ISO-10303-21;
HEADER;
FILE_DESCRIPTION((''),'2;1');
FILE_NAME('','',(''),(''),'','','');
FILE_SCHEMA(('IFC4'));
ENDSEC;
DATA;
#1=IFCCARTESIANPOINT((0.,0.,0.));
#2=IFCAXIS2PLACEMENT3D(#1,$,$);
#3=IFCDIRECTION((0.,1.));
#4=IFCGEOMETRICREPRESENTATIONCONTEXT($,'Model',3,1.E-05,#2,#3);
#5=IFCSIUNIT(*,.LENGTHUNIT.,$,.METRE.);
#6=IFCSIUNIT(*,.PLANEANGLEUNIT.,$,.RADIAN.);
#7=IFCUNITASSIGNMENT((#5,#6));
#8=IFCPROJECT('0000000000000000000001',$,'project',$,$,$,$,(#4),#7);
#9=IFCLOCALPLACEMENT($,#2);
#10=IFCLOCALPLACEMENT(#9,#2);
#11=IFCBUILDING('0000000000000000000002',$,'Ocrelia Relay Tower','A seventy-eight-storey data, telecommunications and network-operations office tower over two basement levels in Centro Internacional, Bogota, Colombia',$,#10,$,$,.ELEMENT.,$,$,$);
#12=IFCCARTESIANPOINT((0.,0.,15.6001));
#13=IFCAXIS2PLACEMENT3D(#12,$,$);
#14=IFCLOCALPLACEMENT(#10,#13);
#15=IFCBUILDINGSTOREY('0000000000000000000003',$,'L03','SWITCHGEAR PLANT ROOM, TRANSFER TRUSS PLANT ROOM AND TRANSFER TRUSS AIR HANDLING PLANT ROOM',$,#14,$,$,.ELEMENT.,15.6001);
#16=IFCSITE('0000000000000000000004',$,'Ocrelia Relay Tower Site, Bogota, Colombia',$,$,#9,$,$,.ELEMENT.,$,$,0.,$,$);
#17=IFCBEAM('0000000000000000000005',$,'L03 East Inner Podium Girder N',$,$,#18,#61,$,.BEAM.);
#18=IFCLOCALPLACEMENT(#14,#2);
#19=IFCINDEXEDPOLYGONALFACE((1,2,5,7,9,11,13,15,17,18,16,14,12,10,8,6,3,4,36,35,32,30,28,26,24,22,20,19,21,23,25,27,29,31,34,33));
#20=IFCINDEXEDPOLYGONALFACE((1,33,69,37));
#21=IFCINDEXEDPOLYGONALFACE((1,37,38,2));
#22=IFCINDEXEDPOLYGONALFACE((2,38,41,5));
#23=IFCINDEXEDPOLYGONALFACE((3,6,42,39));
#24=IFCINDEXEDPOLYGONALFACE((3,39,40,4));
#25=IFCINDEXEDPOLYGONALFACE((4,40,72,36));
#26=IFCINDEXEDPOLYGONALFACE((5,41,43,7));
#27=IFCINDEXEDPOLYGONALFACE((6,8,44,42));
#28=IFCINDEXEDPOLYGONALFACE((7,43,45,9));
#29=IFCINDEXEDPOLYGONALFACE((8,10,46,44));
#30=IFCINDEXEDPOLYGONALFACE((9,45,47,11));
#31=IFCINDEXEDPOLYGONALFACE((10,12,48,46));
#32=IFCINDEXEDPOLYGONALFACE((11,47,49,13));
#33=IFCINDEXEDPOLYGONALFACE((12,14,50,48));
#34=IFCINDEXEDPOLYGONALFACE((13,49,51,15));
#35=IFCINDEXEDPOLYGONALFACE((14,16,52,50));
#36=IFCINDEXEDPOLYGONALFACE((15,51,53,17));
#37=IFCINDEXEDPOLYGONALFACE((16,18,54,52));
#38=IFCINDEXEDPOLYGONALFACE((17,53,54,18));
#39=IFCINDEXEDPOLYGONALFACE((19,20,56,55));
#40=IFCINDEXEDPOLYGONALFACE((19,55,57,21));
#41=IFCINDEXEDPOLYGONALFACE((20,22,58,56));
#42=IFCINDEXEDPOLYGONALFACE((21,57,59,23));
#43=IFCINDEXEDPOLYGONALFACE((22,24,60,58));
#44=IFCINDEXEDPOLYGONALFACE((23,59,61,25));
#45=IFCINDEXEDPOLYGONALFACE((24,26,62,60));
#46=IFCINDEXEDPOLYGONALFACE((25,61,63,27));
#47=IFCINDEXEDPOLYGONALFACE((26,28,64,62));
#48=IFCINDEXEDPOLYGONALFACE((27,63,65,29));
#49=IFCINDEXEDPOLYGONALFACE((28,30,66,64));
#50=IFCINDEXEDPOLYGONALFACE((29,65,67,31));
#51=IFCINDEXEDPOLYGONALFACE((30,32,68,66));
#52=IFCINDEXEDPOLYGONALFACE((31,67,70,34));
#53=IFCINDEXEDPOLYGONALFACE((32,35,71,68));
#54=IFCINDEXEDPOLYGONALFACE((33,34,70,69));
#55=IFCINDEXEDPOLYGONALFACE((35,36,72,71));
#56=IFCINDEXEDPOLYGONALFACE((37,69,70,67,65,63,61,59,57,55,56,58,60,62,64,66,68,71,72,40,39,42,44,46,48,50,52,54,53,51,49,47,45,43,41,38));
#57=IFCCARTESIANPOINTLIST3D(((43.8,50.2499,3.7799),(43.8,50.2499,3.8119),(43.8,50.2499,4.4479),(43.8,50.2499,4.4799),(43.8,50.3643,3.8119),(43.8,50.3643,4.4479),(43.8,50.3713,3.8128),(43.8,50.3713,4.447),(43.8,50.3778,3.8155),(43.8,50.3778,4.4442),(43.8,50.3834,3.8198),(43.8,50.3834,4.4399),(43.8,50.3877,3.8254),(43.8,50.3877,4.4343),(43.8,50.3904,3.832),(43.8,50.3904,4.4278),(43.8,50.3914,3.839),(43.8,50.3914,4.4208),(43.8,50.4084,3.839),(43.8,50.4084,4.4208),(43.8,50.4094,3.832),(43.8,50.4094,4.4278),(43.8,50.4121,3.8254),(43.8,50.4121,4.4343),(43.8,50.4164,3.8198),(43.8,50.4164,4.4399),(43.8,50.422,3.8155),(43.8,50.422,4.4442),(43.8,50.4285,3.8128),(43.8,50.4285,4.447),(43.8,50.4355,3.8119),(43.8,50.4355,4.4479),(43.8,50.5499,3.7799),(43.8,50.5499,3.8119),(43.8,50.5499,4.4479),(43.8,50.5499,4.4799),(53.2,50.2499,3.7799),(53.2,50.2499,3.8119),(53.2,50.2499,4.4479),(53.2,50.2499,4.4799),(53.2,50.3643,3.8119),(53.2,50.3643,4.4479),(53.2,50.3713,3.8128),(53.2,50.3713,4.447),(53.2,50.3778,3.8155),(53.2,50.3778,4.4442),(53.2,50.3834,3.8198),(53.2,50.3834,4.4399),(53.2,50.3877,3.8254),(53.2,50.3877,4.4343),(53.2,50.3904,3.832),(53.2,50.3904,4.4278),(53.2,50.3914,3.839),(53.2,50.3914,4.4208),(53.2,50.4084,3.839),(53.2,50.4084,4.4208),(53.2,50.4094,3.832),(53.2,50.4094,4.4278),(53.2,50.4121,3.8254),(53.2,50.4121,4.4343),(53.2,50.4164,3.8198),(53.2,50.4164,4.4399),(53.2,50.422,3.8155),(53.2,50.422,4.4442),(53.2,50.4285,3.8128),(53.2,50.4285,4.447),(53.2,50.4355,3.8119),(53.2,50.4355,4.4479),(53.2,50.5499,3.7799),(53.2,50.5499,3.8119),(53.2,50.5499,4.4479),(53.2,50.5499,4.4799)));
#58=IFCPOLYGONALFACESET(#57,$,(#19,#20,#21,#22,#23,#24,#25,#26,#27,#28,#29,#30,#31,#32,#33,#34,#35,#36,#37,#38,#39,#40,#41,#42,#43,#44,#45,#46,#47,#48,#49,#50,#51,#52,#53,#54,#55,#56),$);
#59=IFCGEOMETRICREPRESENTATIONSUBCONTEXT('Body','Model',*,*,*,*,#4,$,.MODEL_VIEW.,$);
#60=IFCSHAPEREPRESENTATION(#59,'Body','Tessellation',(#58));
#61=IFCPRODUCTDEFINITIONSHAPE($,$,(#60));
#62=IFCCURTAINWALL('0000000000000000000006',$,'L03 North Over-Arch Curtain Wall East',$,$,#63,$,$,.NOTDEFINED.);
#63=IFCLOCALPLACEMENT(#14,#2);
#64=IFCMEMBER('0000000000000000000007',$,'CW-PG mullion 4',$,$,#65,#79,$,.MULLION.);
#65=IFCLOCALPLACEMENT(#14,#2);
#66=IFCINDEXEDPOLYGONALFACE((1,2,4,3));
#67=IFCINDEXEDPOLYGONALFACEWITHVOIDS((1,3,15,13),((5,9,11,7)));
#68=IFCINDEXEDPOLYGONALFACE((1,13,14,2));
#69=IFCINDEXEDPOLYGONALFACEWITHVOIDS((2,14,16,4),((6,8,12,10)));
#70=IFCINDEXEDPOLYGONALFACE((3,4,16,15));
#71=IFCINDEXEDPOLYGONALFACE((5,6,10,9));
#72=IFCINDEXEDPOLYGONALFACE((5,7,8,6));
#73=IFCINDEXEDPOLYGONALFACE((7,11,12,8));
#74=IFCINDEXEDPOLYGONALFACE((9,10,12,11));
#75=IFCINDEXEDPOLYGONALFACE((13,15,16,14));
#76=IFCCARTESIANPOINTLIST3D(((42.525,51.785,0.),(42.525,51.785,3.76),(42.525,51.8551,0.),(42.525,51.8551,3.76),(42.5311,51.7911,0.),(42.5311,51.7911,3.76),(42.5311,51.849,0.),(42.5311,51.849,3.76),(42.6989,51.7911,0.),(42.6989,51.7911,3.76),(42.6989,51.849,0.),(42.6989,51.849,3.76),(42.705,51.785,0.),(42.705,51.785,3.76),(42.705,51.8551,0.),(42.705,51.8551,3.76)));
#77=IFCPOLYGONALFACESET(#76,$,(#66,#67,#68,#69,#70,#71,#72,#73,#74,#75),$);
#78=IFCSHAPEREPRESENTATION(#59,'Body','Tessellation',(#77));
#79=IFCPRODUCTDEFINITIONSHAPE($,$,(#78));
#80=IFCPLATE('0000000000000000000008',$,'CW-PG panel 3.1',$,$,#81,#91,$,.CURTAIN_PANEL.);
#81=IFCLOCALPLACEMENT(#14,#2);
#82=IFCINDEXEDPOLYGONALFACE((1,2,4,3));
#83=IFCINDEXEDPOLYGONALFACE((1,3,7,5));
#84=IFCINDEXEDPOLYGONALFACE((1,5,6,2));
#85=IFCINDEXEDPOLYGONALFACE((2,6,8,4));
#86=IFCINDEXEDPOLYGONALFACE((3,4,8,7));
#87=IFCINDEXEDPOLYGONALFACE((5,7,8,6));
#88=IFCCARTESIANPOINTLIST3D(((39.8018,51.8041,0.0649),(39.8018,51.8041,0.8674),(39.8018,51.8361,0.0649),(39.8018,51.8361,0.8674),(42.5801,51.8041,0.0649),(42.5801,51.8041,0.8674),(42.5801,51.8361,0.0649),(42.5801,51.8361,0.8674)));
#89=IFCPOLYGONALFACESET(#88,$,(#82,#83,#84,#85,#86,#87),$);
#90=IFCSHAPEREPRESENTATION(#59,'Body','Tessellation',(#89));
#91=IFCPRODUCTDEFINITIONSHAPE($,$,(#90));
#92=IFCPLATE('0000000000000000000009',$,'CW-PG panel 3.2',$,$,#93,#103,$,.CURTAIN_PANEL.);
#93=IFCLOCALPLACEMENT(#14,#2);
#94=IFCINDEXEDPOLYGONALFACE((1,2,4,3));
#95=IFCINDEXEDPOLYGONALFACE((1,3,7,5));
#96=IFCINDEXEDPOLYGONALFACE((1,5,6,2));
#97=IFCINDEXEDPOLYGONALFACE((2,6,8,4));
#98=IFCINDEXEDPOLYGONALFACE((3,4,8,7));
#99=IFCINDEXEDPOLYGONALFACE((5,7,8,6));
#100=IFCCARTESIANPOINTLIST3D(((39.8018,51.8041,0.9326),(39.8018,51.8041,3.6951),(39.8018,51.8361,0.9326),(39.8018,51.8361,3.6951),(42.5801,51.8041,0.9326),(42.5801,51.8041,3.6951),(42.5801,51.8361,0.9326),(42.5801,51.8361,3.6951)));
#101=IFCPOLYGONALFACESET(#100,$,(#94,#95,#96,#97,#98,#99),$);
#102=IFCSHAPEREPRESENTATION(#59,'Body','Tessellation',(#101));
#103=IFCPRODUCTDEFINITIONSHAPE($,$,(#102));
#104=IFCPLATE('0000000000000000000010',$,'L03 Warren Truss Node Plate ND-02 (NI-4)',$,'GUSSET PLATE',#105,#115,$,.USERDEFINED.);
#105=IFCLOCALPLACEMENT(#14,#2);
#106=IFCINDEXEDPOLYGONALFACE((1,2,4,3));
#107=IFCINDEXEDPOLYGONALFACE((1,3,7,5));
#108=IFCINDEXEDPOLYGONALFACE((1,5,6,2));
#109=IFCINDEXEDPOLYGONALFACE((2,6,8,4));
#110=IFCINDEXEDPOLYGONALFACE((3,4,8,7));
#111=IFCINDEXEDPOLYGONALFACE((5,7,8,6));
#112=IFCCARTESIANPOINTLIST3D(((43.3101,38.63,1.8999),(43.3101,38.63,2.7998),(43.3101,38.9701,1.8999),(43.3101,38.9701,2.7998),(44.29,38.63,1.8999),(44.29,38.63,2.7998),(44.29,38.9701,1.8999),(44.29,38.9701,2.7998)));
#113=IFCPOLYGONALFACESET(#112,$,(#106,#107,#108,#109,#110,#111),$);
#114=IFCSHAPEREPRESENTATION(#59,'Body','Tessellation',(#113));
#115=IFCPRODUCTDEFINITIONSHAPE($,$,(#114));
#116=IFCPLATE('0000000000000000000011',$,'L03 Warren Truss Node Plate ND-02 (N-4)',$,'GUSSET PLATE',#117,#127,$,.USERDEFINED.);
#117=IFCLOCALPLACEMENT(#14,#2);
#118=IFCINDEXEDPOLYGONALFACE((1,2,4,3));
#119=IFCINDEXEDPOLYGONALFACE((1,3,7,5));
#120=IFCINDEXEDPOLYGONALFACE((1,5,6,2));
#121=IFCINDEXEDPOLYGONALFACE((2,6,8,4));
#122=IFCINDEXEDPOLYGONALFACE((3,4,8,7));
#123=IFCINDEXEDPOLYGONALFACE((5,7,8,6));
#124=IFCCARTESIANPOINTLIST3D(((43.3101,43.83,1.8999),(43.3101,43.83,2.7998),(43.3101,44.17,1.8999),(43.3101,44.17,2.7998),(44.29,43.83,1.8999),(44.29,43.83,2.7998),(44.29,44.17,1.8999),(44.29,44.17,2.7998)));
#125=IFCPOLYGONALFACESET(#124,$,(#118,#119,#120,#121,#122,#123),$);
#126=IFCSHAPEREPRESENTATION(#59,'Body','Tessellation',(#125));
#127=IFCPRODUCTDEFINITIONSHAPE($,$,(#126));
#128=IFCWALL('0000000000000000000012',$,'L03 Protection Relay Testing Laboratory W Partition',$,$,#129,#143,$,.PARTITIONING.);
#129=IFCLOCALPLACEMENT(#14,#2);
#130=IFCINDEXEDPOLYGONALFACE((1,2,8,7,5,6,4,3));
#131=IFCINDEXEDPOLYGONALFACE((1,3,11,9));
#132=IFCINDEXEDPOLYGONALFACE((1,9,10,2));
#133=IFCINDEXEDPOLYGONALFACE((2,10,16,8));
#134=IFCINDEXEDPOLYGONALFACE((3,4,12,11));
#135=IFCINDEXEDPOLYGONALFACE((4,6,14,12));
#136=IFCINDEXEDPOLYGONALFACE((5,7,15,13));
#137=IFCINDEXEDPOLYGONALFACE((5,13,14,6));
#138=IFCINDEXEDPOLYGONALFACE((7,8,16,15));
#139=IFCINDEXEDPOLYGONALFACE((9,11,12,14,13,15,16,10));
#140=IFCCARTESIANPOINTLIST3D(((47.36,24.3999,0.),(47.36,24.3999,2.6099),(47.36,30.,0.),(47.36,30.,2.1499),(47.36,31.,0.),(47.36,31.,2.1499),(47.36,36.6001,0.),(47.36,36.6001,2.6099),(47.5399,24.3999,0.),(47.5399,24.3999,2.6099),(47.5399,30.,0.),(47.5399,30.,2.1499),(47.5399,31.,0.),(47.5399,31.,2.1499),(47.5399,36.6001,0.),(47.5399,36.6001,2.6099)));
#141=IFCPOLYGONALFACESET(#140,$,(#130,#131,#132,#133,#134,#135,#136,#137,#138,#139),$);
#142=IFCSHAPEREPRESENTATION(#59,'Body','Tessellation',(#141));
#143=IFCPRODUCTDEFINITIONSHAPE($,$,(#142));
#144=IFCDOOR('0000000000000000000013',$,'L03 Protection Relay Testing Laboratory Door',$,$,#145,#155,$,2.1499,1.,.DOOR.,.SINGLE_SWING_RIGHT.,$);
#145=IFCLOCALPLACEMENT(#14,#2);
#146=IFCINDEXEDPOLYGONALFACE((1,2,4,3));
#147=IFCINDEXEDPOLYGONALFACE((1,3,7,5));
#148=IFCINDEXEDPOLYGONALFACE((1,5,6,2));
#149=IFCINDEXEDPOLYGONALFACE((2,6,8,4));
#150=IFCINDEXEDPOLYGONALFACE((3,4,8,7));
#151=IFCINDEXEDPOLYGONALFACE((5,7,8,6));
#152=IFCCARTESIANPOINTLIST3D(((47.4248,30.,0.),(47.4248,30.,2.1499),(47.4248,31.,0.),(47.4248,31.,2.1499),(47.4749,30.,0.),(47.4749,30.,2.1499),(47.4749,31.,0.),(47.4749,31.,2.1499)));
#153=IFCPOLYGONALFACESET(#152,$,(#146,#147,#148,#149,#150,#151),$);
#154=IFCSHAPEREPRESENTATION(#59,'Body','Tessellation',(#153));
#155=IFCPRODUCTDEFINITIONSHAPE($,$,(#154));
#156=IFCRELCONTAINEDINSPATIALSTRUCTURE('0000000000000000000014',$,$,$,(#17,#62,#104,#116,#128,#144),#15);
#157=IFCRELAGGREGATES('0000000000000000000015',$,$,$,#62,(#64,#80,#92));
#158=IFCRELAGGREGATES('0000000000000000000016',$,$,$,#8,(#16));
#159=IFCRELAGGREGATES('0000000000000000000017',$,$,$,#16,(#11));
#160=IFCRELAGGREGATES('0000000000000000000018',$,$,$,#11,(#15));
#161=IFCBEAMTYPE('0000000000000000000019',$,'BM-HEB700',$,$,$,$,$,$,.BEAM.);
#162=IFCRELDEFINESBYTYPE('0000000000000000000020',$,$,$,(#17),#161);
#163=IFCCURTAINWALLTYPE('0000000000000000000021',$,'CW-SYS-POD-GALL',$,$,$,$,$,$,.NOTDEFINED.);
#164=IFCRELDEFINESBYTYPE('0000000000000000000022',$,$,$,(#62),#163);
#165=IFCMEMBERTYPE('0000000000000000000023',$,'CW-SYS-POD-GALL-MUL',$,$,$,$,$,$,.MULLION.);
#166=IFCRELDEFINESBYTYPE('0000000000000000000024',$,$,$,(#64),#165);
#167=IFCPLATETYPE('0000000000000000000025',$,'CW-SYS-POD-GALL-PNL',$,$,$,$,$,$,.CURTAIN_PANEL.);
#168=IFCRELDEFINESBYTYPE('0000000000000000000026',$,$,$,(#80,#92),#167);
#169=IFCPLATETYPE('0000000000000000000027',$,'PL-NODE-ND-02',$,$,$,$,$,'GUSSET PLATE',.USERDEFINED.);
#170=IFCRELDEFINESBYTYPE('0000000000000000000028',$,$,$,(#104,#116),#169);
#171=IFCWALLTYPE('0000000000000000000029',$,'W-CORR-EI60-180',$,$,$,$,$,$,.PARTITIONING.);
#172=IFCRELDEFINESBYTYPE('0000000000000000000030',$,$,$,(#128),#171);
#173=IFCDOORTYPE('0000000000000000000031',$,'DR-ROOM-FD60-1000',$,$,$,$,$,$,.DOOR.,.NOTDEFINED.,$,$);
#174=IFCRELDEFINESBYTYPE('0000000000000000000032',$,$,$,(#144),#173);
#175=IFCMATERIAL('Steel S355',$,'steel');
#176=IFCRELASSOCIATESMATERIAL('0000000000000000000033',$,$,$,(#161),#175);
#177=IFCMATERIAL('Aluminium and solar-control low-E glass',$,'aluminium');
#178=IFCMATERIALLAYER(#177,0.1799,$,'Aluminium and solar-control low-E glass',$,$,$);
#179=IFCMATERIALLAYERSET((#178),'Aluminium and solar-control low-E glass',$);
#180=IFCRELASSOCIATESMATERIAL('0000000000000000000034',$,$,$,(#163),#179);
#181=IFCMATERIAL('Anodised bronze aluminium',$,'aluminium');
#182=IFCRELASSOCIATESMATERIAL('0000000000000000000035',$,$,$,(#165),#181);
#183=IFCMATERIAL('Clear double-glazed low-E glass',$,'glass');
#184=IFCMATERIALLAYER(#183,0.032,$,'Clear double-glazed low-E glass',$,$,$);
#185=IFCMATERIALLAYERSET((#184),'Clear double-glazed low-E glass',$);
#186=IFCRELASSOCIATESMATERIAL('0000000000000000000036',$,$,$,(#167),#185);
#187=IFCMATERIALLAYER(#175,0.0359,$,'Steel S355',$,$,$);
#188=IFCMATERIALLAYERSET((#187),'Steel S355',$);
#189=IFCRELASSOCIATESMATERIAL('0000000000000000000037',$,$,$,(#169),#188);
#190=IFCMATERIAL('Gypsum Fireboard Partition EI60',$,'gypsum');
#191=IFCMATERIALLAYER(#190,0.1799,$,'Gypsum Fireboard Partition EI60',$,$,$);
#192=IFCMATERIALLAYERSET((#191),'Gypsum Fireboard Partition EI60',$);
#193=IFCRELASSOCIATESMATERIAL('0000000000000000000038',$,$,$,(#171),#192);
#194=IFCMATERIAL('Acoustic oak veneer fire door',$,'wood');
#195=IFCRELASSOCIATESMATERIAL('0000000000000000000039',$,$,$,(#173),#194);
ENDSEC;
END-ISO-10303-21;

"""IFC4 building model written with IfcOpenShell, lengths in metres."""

from ifc_helpers import new_model, si_unit, direction, frame, frame_2d, origin, origin_2d, place, context, subcontext, project, spatial, rectangle, hollow_rectangle, i_section, extrude, material, layer, layer_set, material_profile, profile_set, type_object, element, fill, aggregate, save


model = new_model("IFC4")

# Units and contexts
model_context = context("Model", 3, precision=1e-05, world=origin(), true_north=direction((0.0, 1.0)))
body_context = subcontext(model_context, "Body", "Model", "MODEL_VIEW")
ifc_project = project(units=[si_unit("LENGTHUNIT", "METRE"), si_unit("PLANEANGLEUNIT", "RADIAN")], contexts=[model_context])

# Site, building, storey
site_placement = place(None, origin())
site = spatial("IfcSite", under=ifc_project, at=site_placement, Name="Ocrelia Relay Tower Site, Bogota, Colombia", CompositionType="ELEMENT", RefElevation=0.0)
building_placement = place(site_placement, origin())
building = spatial("IfcBuilding", under=site, at=building_placement, Name="Ocrelia Relay Tower", Description="A seventy-eight-storey data, telecommunications and network-operations office tower over two basement levels in Centro Internacional, Bogota, Colombia", CompositionType="ELEMENT")
storey_placement = place(building_placement, frame((0.0, 0.0, 15.6001)))
storey = spatial("IfcBuildingStorey", under=building, at=storey_placement, Name="L03", Description="SWITCHGEAR PLANT ROOM, TRANSFER TRUSS PLANT ROOM AND TRANSFER TRUSS AIR HANDLING PLANT ROOM", CompositionType="ELEMENT", Elevation=15.6001)

# Beam
ifc_material_1 = material(Name="Steel S355", Category="steel")
ifc_material_profile_1 = material_profile(ifc_material_1, i_section(OverallWidth=0.3, OverallDepth=0.7, WebThickness=0.0171, FlangeThickness=0.032, FilletRadius=0.0271, at=origin_2d()), Name="HEB 700")
ifc_profile_set_1 = profile_set([ifc_material_profile_1], Name="Steel S355")
beam_type_1 = type_object("IfcBeamType", Name="BM-HEB700", PredefinedType="BEAM", material=ifc_profile_set_1)
beam_1_placement = place(storey_placement, frame((43.8, 50.3999, 4.1299), z_axis=(1.0, 0.0, 0.0), x_axis=(0.0, 1.0, 0.0)))
element("IfcBeam", 1, at=beam_1_placement, inside=storey, type_object=beam_type_1, Name="L03 East Inner Podium Girder N", PredefinedType="BEAM", context=body_context, shape_type="SweptSolid", body=[
    extrude(i_section(OverallWidth=0.3, OverallDepth=0.7, WebThickness=0.0171, FlangeThickness=0.032, FilletRadius=0.0271, at=origin_2d()), origin(), (0.0, 0.0, 1.0), 9.3999),
])

# Curtain wall, member, plates
ifc_material_2 = material(Name="Aluminium and solar-control low-E glass", Category="aluminium")
ifc_layer_1 = layer(ifc_material_2, 0.1799, Name="Aluminium and solar-control low-E glass")
ifc_layer_set_1 = layer_set([ifc_layer_1], Name="Aluminium and solar-control low-E glass")
curtain_wall_type = type_object("IfcCurtainWallType", Name="CW-SYS-POD-GALL", PredefinedType="NOTDEFINED", material=ifc_layer_set_1)
curtain_wall_placement = place(storey_placement, origin())
curtain_wall = element("IfcCurtainWall", 2, at=curtain_wall_placement, inside=storey, type_object=curtain_wall_type, Name="L03 North Over-Arch Curtain Wall East", PredefinedType="NOTDEFINED")
ifc_material_3 = material(Name="Anodised bronze aluminium", Category="aluminium")
ifc_material_profile_2 = material_profile(ifc_material_3, hollow_rectangle(XDim=0.0701, YDim=0.1799, WallThickness=0.0061, at=origin_2d()), Name="CW-MUL-180x70")
ifc_profile_set_2 = profile_set([ifc_material_profile_2], Name="Anodised bronze aluminium")
member_type = type_object("IfcMemberType", Name="CW-SYS-POD-GALL-MUL", PredefinedType="MULLION", material=ifc_profile_set_2)
member_placement = place(storey_placement, frame((42.615, 51.8201, 0.0), z_axis=(0.0, 0.0, 1.0), x_axis=(0.0, 1.0, 0.0)))
member = element("IfcMember", 3, at=member_placement, type_object=member_type, Name="CW-PG mullion 4", PredefinedType="MULLION", context=body_context, shape_type="SweptSolid", body=[
    extrude(hollow_rectangle(XDim=0.0701, YDim=0.1799, WallThickness=0.0061, at=origin_2d()), origin(), (0.0, 0.0, 1.0), 3.76),
])
ifc_material_4 = material(Name="Clear double-glazed low-E glass", Category="glass")
ifc_layer_2 = layer(ifc_material_4, 0.032, Name="Clear double-glazed low-E glass")
ifc_layer_set_2 = layer_set([ifc_layer_2], Name="Clear double-glazed low-E glass")
plate_type_1 = type_object("IfcPlateType", Name="CW-SYS-POD-GALL-PNL", PredefinedType="CURTAIN_PANEL", material=ifc_layer_set_2)
plate_1_placement = place(storey_placement, frame((41.1909, 51.8201, 0.0649), z_axis=(0.0, 0.0, 1.0), x_axis=(1.0, 0.0, 0.0)))
plate_1 = element("IfcPlate", 4, at=plate_1_placement, type_object=plate_type_1, Name="CW-PG panel 3.1", PredefinedType="CURTAIN_PANEL", context=body_context, shape_type="SweptSolid", body=[
    extrude(rectangle(XDim=2.7783, YDim=0.032, at=origin_2d()), origin(), (0.0, 0.0, 1.0), 0.8025),
])
plate_2_placement = place(storey_placement, frame((41.1909, 51.8201, 0.9326), z_axis=(0.0, 0.0, 1.0), x_axis=(1.0, 0.0, 0.0)))
plate_2 = element("IfcPlate", 5, at=plate_2_placement, type_object=plate_type_1, Name="CW-PG panel 3.2", PredefinedType="CURTAIN_PANEL", context=body_context, shape_type="SweptSolid", body=[
    extrude(rectangle(XDim=2.7783, YDim=0.032, at=origin_2d()), origin(), (0.0, 0.0, 1.0), 2.7625),
])
aggregate(curtain_wall, [member, plate_1, plate_2])

# Plates
ifc_layer_3 = layer(ifc_material_1, 0.0359, Name="Steel S355")
ifc_layer_set_3 = layer_set([ifc_layer_3], Name="Steel S355")
plate_type_2 = type_object("IfcPlateType", Name="PL-NODE-ND-02", ElementType="GUSSET PLATE", PredefinedType="USERDEFINED", material=ifc_layer_set_3)
for number, where, z_axis, x_axis, name in (
    (6, (43.8, 38.8, 1.8999), (0.0, 0.0, 1.0), (1.0, 0.0, 0.0), "L03 Warren Truss Node Plate ND-02 (NI-4)"),
    (7, (43.8, 44.0, 1.8999), (0.0, 0.0, 1.0), (1.0, 0.0, 0.0), "L03 Warren Truss Node Plate ND-02 (N-4)"),
):
    element("IfcPlate", number, at=place(storey_placement, frame(where, z_axis=z_axis, x_axis=x_axis)), inside=storey, type_object=plate_type_2, Name=name, ObjectType="GUSSET PLATE", PredefinedType="USERDEFINED", context=body_context, shape_type="SweptSolid", body=[
        extrude(rectangle(XDim=0.98, YDim=0.3401, at=origin_2d()), origin(), (0.0, 0.0, 1.0), 0.8999),
    ])

# Wall, opening, door
ifc_material_5 = material(Name="Gypsum Fireboard Partition EI60", Category="gypsum")
ifc_layer_4 = layer(ifc_material_5, 0.1799, Name="Gypsum Fireboard Partition EI60")
ifc_layer_set_4 = layer_set([ifc_layer_4], Name="Gypsum Fireboard Partition EI60")
wall_type_1 = type_object("IfcWallType", Name="W-CORR-EI60-180", PredefinedType="PARTITIONING", material=ifc_layer_set_4)
wall_1_placement = place(storey_placement, frame((47.45, 36.6001, 0.0), z_axis=(0.0, 0.0, 1.0), x_axis=(0.0, -1.0, 0.0)))
wall_1 = element("IfcWall", 8, at=wall_1_placement, inside=storey, type_object=wall_type_1, Name="L03 Protection Relay Testing Laboratory W Partition", PredefinedType="PARTITIONING", context=body_context, shape_type="SweptSolid", body=[
    extrude(rectangle(XDim=12.2002, YDim=0.1799, at=frame_2d((6.1001, 0.0))), origin(), (0.0, 0.0, 1.0), 2.6099),
])
opening_1_placement = place(wall_1_placement, frame((5.6001, 0.0, 0.0)))
opening_1 = element("IfcOpeningElement", 9, at=opening_1_placement, cuts=wall_1, PredefinedType="OPENING", context=body_context, shape_type="SweptSolid", body=[
    extrude(rectangle(XDim=1.0, YDim=2.1499, at=frame_2d((0.5, 1.075))), frame((0.0, 0.1001, 0.0), z_axis=(0.0, -1.0, 0.0), x_axis=(1.0, 0.0, 0.0)), (0.0, 0.0, 1.0), 0.2),
])
ifc_material_6 = material(Name="Acoustic oak veneer fire door", Category="wood")
door_type_1 = type_object("IfcDoorType", Name="DR-ROOM-FD60-1000", OperationType="NOTDEFINED", PredefinedType="DOOR", material=ifc_material_6)
door_1_placement = place(opening_1_placement, origin())
door_1 = element("IfcDoor", 10, at=door_1_placement, inside=storey, type_object=door_type_1, Name="L03 Protection Relay Testing Laboratory Door", OperationType="SINGLE_SWING_RIGHT", OverallHeight=2.1499, OverallWidth=1.0, PredefinedType="DOOR", context=body_context, shape_type="SweptSolid", body=[
    extrude(rectangle(XDim=1.0, YDim=2.1499, at=frame_2d((0.5, 1.075))), frame((0.0, 0.0249, 0.0), z_axis=(0.0, -1.0, 0.0), x_axis=(1.0, 0.0, 0.0)), (0.0, 0.0, 1.0), 0.05),
])
fill(opening_1, door_1)

save(model, "model.ifc")
